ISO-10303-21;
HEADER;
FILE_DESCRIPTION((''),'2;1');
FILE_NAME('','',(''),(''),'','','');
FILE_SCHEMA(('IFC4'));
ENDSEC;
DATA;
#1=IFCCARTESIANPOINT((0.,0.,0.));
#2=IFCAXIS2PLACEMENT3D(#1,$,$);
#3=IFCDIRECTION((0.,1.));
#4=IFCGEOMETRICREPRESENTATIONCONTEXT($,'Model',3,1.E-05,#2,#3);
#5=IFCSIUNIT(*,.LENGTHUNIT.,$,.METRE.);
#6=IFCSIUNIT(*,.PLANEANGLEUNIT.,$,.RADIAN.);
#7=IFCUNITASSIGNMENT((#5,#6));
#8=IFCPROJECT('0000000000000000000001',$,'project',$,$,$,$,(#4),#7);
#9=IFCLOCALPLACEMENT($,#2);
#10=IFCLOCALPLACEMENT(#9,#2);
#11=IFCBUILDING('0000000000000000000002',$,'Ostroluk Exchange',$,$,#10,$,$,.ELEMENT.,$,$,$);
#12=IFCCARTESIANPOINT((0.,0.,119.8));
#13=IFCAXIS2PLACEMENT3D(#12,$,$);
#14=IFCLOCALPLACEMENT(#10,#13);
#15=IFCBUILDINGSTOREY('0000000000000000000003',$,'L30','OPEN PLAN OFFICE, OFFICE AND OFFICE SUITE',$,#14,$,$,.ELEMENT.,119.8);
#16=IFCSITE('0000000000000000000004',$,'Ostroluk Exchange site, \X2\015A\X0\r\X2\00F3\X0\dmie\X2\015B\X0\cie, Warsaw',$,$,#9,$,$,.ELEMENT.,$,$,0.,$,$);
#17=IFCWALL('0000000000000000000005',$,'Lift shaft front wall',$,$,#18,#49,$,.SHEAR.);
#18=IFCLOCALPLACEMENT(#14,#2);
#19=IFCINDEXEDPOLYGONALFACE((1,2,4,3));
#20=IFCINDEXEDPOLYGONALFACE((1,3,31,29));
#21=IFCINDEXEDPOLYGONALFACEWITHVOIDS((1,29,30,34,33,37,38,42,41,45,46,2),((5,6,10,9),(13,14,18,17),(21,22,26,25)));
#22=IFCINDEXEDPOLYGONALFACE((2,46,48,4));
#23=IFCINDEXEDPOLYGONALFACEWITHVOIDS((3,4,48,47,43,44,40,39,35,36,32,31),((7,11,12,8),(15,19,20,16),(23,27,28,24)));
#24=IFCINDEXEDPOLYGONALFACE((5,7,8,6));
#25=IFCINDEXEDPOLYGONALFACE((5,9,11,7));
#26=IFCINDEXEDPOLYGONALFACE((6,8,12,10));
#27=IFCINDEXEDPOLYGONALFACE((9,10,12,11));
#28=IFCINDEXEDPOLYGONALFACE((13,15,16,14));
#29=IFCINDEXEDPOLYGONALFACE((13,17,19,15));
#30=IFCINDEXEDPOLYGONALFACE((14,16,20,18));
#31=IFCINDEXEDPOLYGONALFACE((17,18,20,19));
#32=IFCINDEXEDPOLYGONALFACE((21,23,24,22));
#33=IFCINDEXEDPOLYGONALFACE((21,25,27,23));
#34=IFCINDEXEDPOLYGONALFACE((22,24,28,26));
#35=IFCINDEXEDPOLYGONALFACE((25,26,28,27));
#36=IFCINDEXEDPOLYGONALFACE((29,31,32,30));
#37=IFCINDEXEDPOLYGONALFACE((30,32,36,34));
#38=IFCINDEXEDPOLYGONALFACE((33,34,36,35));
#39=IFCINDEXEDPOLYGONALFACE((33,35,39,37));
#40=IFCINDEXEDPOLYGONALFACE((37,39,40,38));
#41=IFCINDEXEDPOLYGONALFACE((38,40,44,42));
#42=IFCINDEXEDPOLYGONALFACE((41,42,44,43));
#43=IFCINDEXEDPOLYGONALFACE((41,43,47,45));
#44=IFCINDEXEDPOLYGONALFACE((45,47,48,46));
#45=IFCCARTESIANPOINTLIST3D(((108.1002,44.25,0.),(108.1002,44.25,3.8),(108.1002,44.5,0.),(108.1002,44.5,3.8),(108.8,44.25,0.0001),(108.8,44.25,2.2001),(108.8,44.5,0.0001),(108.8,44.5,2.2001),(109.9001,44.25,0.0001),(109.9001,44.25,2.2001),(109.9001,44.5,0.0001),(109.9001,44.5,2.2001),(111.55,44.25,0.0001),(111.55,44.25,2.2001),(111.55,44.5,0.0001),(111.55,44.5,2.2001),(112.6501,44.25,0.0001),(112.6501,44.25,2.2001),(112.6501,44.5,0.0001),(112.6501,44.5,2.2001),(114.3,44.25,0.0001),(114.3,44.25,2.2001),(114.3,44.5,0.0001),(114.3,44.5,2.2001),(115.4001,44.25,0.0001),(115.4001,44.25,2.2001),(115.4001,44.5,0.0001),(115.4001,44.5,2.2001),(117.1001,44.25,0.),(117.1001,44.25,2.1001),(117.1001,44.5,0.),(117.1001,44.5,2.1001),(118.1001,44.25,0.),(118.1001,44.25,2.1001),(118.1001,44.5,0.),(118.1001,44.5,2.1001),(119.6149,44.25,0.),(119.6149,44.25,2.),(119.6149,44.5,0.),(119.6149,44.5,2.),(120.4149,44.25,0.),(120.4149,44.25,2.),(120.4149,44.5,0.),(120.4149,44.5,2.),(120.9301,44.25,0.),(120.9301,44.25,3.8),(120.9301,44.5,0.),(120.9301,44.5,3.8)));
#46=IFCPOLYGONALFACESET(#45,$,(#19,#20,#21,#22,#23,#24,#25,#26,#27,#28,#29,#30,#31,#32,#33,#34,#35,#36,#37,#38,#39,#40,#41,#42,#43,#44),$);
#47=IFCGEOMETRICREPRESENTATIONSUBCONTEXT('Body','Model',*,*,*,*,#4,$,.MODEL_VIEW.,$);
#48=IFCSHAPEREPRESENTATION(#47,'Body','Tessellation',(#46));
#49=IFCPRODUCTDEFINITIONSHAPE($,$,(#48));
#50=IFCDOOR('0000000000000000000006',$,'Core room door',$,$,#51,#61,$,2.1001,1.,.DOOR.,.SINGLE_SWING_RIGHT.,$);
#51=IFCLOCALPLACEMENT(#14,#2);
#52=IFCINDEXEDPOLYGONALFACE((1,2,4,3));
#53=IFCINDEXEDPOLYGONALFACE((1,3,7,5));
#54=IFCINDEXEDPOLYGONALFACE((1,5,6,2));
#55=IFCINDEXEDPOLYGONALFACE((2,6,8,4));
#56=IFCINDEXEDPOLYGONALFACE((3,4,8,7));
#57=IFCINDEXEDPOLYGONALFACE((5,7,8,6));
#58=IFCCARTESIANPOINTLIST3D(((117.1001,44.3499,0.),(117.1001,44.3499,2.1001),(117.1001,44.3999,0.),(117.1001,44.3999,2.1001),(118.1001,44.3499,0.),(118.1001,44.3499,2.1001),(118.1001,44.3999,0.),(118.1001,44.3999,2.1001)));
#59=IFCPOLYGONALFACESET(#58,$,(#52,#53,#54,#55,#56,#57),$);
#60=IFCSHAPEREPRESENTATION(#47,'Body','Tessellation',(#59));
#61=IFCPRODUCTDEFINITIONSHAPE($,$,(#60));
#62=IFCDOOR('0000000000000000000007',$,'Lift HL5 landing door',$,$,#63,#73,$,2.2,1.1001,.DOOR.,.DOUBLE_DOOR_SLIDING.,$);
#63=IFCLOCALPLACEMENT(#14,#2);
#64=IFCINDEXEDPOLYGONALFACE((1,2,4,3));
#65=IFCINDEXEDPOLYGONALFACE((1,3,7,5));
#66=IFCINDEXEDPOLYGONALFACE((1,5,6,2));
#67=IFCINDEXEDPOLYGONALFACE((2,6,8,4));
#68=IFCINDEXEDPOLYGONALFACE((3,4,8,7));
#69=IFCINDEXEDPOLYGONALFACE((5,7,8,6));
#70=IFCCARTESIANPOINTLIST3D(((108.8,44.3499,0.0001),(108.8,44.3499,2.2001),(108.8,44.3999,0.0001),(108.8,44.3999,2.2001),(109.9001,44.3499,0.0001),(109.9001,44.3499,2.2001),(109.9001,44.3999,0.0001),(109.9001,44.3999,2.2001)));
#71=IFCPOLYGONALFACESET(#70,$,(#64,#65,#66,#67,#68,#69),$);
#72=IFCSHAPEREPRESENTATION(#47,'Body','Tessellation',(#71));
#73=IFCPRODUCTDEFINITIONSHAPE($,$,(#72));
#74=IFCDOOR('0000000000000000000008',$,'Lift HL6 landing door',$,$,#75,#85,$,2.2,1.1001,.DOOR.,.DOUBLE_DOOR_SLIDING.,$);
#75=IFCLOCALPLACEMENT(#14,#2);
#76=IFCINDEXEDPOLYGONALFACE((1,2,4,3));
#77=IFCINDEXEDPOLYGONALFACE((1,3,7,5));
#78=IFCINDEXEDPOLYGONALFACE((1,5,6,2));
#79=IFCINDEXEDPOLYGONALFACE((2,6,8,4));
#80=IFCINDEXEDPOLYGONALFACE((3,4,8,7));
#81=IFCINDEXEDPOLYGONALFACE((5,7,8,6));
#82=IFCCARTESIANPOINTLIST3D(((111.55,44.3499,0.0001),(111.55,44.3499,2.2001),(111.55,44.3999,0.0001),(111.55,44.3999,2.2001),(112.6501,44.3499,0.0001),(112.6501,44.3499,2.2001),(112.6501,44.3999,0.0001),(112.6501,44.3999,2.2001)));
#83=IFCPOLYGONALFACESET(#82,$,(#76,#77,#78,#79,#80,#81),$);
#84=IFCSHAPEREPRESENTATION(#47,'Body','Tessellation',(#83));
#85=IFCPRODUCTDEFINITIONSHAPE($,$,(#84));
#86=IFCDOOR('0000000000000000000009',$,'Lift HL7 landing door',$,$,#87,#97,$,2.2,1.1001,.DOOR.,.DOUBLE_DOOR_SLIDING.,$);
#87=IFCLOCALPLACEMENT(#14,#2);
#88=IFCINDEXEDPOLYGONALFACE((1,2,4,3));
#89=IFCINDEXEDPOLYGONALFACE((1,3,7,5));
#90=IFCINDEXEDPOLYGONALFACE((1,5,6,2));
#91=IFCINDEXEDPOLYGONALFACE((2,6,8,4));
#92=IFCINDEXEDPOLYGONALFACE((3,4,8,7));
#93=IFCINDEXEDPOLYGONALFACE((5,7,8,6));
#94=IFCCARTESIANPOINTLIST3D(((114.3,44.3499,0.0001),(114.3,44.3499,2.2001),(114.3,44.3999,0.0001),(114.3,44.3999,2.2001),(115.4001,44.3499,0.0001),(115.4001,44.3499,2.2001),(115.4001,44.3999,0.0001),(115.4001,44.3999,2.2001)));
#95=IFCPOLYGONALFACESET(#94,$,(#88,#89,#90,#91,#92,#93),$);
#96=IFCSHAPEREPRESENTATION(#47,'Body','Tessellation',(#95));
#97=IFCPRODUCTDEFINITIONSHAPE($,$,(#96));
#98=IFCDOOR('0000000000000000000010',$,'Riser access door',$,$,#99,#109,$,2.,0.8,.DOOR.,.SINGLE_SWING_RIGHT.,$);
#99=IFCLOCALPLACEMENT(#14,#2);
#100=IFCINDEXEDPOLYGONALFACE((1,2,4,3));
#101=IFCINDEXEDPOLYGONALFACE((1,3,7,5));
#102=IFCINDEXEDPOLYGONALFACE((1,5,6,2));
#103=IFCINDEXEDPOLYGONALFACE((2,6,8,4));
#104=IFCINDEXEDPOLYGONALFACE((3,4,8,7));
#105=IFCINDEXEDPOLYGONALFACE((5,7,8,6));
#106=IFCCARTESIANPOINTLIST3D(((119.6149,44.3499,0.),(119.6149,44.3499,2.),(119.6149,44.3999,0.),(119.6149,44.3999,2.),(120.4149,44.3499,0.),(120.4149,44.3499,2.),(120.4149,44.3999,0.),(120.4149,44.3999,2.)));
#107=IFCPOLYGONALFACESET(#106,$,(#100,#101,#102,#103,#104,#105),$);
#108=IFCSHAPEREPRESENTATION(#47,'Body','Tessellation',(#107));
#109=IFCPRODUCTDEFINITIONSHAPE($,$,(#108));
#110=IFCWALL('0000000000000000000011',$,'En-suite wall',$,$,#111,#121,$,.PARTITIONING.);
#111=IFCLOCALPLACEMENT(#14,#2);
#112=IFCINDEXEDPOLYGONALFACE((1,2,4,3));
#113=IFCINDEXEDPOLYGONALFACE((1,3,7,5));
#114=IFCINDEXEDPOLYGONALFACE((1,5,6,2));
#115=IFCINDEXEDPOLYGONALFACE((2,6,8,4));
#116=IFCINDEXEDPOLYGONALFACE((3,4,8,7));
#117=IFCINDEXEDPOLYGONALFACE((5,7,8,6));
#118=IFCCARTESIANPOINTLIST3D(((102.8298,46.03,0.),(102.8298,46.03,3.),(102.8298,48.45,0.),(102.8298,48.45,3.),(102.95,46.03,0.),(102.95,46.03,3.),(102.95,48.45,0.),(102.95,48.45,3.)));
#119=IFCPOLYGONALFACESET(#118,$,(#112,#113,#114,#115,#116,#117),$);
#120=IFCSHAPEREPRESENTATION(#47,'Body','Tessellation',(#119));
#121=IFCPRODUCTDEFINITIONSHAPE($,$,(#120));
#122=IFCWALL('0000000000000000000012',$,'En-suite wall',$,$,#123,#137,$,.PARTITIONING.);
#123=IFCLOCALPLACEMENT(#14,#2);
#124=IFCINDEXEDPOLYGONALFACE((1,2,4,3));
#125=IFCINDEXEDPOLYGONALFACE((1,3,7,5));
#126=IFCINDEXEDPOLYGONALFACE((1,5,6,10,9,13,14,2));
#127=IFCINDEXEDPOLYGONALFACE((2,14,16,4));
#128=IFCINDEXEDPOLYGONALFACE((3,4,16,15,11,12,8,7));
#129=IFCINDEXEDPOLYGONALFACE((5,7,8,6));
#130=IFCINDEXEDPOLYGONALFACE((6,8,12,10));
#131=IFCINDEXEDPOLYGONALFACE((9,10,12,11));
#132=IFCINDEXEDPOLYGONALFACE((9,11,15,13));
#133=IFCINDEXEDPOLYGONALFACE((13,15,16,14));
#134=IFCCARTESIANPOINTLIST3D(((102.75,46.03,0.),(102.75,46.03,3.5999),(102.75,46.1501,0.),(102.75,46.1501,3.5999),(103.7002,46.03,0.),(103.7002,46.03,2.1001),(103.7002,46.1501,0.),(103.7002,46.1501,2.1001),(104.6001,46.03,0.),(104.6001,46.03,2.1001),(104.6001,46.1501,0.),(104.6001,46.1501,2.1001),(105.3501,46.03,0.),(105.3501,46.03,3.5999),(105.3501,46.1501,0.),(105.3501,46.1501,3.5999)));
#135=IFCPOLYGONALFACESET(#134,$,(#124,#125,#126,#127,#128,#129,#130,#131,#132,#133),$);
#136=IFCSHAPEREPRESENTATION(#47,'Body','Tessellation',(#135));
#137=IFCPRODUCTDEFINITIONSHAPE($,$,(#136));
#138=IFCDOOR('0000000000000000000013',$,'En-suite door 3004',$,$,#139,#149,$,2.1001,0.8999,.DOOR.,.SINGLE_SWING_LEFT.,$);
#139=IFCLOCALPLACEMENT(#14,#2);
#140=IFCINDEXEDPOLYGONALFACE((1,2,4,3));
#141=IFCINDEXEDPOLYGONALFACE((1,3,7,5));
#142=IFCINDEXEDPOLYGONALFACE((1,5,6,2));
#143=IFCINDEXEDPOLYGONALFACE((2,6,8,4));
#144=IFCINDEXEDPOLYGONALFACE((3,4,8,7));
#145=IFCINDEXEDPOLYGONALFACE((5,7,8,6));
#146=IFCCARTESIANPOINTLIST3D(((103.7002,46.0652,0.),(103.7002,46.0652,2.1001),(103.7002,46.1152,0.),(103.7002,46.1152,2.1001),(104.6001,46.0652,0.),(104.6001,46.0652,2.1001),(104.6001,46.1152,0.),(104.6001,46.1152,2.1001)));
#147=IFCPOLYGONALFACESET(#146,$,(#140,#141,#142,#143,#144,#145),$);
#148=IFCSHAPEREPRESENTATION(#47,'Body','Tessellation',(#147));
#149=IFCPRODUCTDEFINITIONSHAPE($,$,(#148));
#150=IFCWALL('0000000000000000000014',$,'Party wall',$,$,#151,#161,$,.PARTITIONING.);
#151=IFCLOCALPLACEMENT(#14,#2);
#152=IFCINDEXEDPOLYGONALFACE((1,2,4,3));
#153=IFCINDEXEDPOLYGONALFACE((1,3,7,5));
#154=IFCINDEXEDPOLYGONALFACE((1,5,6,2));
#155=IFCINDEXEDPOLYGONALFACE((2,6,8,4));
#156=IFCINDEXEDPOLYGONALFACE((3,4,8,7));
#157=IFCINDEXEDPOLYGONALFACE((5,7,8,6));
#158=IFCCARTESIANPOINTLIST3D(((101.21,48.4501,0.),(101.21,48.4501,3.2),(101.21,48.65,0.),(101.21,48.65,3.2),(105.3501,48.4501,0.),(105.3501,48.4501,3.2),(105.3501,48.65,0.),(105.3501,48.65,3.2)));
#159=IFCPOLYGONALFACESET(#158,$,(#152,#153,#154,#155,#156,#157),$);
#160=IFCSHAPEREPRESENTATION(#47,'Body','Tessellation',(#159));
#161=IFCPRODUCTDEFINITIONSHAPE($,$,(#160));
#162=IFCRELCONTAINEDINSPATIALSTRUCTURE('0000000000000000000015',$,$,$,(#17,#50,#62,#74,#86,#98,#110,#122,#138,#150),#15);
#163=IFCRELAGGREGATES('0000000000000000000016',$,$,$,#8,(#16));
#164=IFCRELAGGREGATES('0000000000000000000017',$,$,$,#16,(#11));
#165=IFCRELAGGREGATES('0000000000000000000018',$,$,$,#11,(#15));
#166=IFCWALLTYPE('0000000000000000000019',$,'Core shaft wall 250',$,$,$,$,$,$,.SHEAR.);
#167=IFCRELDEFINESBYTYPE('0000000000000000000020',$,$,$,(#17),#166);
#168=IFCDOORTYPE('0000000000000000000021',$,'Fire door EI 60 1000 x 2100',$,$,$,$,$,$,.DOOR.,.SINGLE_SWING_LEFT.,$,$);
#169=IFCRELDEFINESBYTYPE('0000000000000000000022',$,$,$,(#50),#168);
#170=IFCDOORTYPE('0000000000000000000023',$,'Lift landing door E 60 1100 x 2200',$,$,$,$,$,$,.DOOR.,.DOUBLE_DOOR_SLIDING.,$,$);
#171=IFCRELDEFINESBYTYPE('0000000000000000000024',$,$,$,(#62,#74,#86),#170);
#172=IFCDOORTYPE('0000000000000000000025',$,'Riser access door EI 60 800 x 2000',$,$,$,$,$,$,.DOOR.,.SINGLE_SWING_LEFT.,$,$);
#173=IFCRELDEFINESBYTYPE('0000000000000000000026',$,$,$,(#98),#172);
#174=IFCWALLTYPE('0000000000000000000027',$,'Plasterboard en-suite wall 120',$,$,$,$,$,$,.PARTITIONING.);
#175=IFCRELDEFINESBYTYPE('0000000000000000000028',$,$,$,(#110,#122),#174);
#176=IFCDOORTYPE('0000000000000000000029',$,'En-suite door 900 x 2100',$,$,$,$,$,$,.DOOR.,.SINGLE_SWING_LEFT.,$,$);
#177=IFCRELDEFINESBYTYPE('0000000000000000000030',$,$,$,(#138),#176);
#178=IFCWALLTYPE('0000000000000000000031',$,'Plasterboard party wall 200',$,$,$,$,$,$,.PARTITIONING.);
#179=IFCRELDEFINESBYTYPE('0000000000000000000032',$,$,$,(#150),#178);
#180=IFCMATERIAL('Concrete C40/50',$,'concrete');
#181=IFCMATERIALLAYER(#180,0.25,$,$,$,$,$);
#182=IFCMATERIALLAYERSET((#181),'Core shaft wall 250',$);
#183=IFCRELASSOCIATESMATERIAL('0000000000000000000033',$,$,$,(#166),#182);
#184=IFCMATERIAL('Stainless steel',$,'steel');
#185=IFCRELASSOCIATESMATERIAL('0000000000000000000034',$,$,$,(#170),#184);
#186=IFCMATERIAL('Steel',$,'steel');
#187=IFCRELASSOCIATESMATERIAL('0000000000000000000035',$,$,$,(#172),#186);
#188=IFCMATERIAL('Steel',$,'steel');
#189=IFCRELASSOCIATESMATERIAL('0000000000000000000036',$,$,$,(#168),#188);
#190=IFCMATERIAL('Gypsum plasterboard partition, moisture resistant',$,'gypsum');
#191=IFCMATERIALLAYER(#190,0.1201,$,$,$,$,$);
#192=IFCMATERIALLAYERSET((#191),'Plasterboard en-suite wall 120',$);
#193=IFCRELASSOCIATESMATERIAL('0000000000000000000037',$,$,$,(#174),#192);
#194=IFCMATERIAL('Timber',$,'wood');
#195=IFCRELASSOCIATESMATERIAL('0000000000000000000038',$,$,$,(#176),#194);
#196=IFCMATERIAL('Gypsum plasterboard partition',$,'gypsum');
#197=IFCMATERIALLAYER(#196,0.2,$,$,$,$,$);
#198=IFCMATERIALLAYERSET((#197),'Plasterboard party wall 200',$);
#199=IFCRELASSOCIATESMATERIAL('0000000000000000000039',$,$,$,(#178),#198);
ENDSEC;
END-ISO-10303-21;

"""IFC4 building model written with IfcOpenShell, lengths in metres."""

from ifc_helpers import new_model, si_unit, direction, frame, frame_2d, origin, place, context, subcontext, project, spatial, rectangle, extrude, material, layer, layer_set, type_object, element, fill, save


model = new_model("IFC4")

# Units and contexts
model_context = context("Model", 3, precision=1e-05, world=origin(), true_north=direction((0.0, 1.0)))
body_context = subcontext(model_context, "Body", "Model", "MODEL_VIEW")
ifc_project = project(units=[si_unit("LENGTHUNIT", "METRE"), si_unit("PLANEANGLEUNIT", "RADIAN")], contexts=[model_context])

# Site, building, storey
site_placement = place(None, origin())
site = spatial("IfcSite", under=ifc_project, at=site_placement, Name="Ostroluk Exchange site, Śródmieście, Warsaw", CompositionType="ELEMENT", RefElevation=0.0)
building_placement = place(site_placement, origin())
building = spatial("IfcBuilding", under=site, at=building_placement, Name="Ostroluk Exchange", CompositionType="ELEMENT")
storey_placement = place(building_placement, frame((0.0, 0.0, 119.8)))
storey = spatial("IfcBuildingStorey", under=building, at=storey_placement, Name="L30", Description="OPEN PLAN OFFICE, OFFICE AND OFFICE SUITE", CompositionType="ELEMENT", Elevation=119.8)

# Shared definitions
ifc_material_1 = material(Name="Concrete C40/50", Category="concrete")
ifc_layer_1 = layer(ifc_material_1, 0.25)
ifc_layer_set_1 = layer_set([ifc_layer_1], Name="Core shaft wall 250")
wall_type_1 = type_object("IfcWallType", Name="Core shaft wall 250", PredefinedType="SHEAR", material=ifc_layer_set_1)

# Shared definitions
ifc_material_2 = material(Name="Stainless steel", Category="steel")
door_type_1 = type_object("IfcDoorType", Name="Lift landing door E 60 1100 x 2200", OperationType="DOUBLE_DOOR_SLIDING", PredefinedType="DOOR", material=ifc_material_2)
ifc_material_3 = material(Name="Steel", Category="steel")
door_type_2 = type_object("IfcDoorType", Name="Riser access door EI 60 800 x 2000", OperationType="SINGLE_SWING_LEFT", PredefinedType="DOOR", material=ifc_material_3)

# Wall, openings, doors
wall_1_placement = place(storey_placement, frame((108.1001, 44.375, 0.0), z_axis=(0.0, 0.0, 1.0), x_axis=(1.0, 0.0, 0.0)))
wall_1 = element("IfcWall", 1, at=wall_1_placement, inside=storey, type_object=wall_type_1, Name="Lift shaft front wall", PredefinedType="SHEAR", context=body_context, shape_type="SweptSolid", body=[
    extrude(rectangle(XDim=12.8298, YDim=0.25, at=frame_2d((6.415, 0.0))), origin(), (0.0, 0.0, 1.0), 3.8),
])
opening_1_placement = place(wall_1_placement, frame((0.7, 0.0, 0.0)))
opening_1 = element("IfcOpeningElement", 2, at=opening_1_placement, cuts=wall_1, PredefinedType="OPENING", context=body_context, shape_type="SweptSolid", body=[
    extrude(rectangle(XDim=1.1001, YDim=2.2, at=frame_2d((0.55, 1.1001))), frame((0.0, 0.135, 0.0), z_axis=(0.0, -1.0, 0.0), x_axis=(1.0, 0.0, 0.0)), (0.0, 0.0, 1.0), 0.27),
])
opening_2_placement = place(wall_1_placement, frame((3.45, 0.0, 0.0)))
opening_2 = element("IfcOpeningElement", 3, at=opening_2_placement, cuts=wall_1, PredefinedType="OPENING", context=body_context, shape_type="SweptSolid", body=[
    extrude(rectangle(XDim=1.1001, YDim=2.2, at=frame_2d((0.55, 1.1001))), frame((0.0, 0.135, 0.0), z_axis=(0.0, -1.0, 0.0), x_axis=(1.0, 0.0, 0.0)), (0.0, 0.0, 1.0), 0.27),
])
opening_3_placement = place(wall_1_placement, frame((6.2, 0.0, 0.0)))
opening_3 = element("IfcOpeningElement", 4, at=opening_3_placement, cuts=wall_1, PredefinedType="OPENING", context=body_context, shape_type="SweptSolid", body=[
    extrude(rectangle(XDim=1.1001, YDim=2.2, at=frame_2d((0.55, 1.1001))), frame((0.0, 0.135, 0.0), z_axis=(0.0, -1.0, 0.0), x_axis=(1.0, 0.0, 0.0)), (0.0, 0.0, 1.0), 0.27),
])
opening_4_placement = place(wall_1_placement, frame((9.0, 0.0, 0.0)))
opening_4 = element("IfcOpeningElement", 5, at=opening_4_placement, cuts=wall_1, PredefinedType="OPENING", context=body_context, shape_type="SweptSolid", body=[
    extrude(rectangle(XDim=1.0, YDim=2.1001, at=frame_2d((0.5, 1.05))), frame((0.0, 0.135, 0.0), z_axis=(0.0, -1.0, 0.0), x_axis=(1.0, 0.0, 0.0)), (0.0, 0.0, 1.0), 0.27),
])
opening_5_placement = place(wall_1_placement, frame((11.5149, 0.0, 0.0)))
opening_5 = element("IfcOpeningElement", 6, at=opening_5_placement, cuts=wall_1, PredefinedType="OPENING", context=body_context, shape_type="SweptSolid", body=[
    extrude(rectangle(XDim=0.8, YDim=2.0, at=frame_2d((0.3999, 1.0))), frame((0.0, 0.135, 0.0), z_axis=(0.0, -1.0, 0.0), x_axis=(1.0, 0.0, 0.0)), (0.0, 0.0, 1.0), 0.27),
])
ifc_material_4 = material(Name="Steel", Category="steel")
door_type_3 = type_object("IfcDoorType", Name="Fire door EI 60 1000 x 2100", OperationType="SINGLE_SWING_LEFT", PredefinedType="DOOR", material=ifc_material_4)
door_1_placement = place(opening_4_placement, origin())
door_1 = element("IfcDoor", 7, at=door_1_placement, inside=storey, type_object=door_type_3, Name="Core room door", OperationType="SINGLE_SWING_RIGHT", OverallHeight=2.1001, OverallWidth=1.0, PredefinedType="DOOR", context=body_context, shape_type="SweptSolid", body=[
    extrude(rectangle(XDim=1.0, YDim=2.1001, at=frame_2d((0.5, 1.05))), frame((0.0, 0.0249, 0.0), z_axis=(0.0, -1.0, 0.0), x_axis=(1.0, 0.0, 0.0)), (0.0, 0.0, 1.0), 0.05),
])
fill(opening_4, door_1)
door_2_placement = place(opening_1_placement, origin())
door_2 = element("IfcDoor", 8, at=door_2_placement, inside=storey, type_object=door_type_1, Name="Lift HL5 landing door", OperationType="DOUBLE_DOOR_SLIDING", OverallHeight=2.2, OverallWidth=1.1001, PredefinedType="DOOR", context=body_context, shape_type="SweptSolid", body=[
    extrude(rectangle(XDim=1.1001, YDim=2.2, at=frame_2d((0.55, 1.1001))), frame((0.0, 0.0249, 0.0), z_axis=(0.0, -1.0, 0.0), x_axis=(1.0, 0.0, 0.0)), (0.0, 0.0, 1.0), 0.05),
])
fill(opening_1, door_2)
door_3_placement = place(opening_2_placement, origin())
door_3 = element("IfcDoor", 9, at=door_3_placement, inside=storey, type_object=door_type_1, Name="Lift HL6 landing door", OperationType="DOUBLE_DOOR_SLIDING", OverallHeight=2.2, OverallWidth=1.1001, PredefinedType="DOOR", context=body_context, shape_type="SweptSolid", body=[
    extrude(rectangle(XDim=1.1001, YDim=2.2, at=frame_2d((0.55, 1.1001))), frame((0.0, 0.0249, 0.0), z_axis=(0.0, -1.0, 0.0), x_axis=(1.0, 0.0, 0.0)), (0.0, 0.0, 1.0), 0.05),
])
fill(opening_2, door_3)
door_4_placement = place(opening_3_placement, origin())
door_4 = element("IfcDoor", 10, at=door_4_placement, inside=storey, type_object=door_type_1, Name="Lift HL7 landing door", OperationType="DOUBLE_DOOR_SLIDING", OverallHeight=2.2, OverallWidth=1.1001, PredefinedType="DOOR", context=body_context, shape_type="SweptSolid", body=[
    extrude(rectangle(XDim=1.1001, YDim=2.2, at=frame_2d((0.55, 1.1001))), frame((0.0, 0.0249, 0.0), z_axis=(0.0, -1.0, 0.0), x_axis=(1.0, 0.0, 0.0)), (0.0, 0.0, 1.0), 0.05),
])
fill(opening_3, door_4)
door_5_placement = place(opening_5_placement, origin())
door_5 = element("IfcDoor", 11, at=door_5_placement, inside=storey, type_object=door_type_2, Name="Riser access door", OperationType="SINGLE_SWING_RIGHT", OverallHeight=2.0, OverallWidth=0.8, PredefinedType="DOOR", context=body_context, shape_type="SweptSolid", body=[
    extrude(rectangle(XDim=0.8, YDim=2.0, at=frame_2d((0.3999, 1.0))), frame((0.0, 0.0249, 0.0), z_axis=(0.0, -1.0, 0.0), x_axis=(1.0, 0.0, 0.0)), (0.0, 0.0, 1.0), 0.05),
])
fill(opening_5, door_5)

# Wall
ifc_material_5 = material(Name="Gypsum plasterboard partition, moisture resistant", Category="gypsum")
ifc_layer_2 = layer(ifc_material_5, 0.1201)
ifc_layer_set_2 = layer_set([ifc_layer_2], Name="Plasterboard en-suite wall 120")
wall_type_2 = type_object("IfcWallType", Name="Plasterboard en-suite wall 120", PredefinedType="PARTITIONING", material=ifc_layer_set_2)
wall_2_placement = place(storey_placement, frame((102.8899, 48.45, 0.0), z_axis=(0.0, 0.0, 1.0), x_axis=(0.0, -1.0, 0.0)))
element("IfcWall", 12, at=wall_2_placement, inside=storey, type_object=wall_type_2, Name="En-suite wall", PredefinedType="PARTITIONING", context=body_context, shape_type="SweptSolid", body=[
    extrude(rectangle(XDim=2.4199, YDim=0.1201, at=frame_2d((1.21, 0.0))), origin(), (0.0, 0.0, 1.0), 3.0),
])

# Wall, opening, door
wall_3_placement = place(storey_placement, frame((105.3501, 46.0901, 0.0), z_axis=(0.0, 0.0, 1.0), x_axis=(-1.0, 0.0, 0.0)))
wall_3 = element("IfcWall", 13, at=wall_3_placement, inside=storey, type_object=wall_type_2, Name="En-suite wall", PredefinedType="PARTITIONING", context=body_context, shape_type="SweptSolid", body=[
    extrude(rectangle(XDim=2.6001, YDim=0.1201, at=frame_2d((1.3, 0.0))), origin(), (0.0, 0.0, 1.0), 3.5999),
])
opening_6_placement = place(wall_3_placement, frame((0.75, 0.0, 0.0)))
opening_6 = element("IfcOpeningElement", 14, at=opening_6_placement, cuts=wall_3, PredefinedType="OPENING", context=body_context, shape_type="SweptSolid", body=[
    extrude(rectangle(XDim=0.8999, YDim=2.1001, at=frame_2d((0.45, 1.05))), frame((0.0, 0.0701, 0.0), z_axis=(0.0, -1.0, 0.0), x_axis=(1.0, 0.0, 0.0)), (0.0, 0.0, 1.0), 0.1401),
])
ifc_material_6 = material(Name="Timber", Category="wood")
door_type_4 = type_object("IfcDoorType", Name="En-suite door 900 x 2100", OperationType="SINGLE_SWING_LEFT", PredefinedType="DOOR", material=ifc_material_6)
door_6_placement = place(opening_6_placement, origin())
door_6 = element("IfcDoor", 15, at=door_6_placement, inside=storey, type_object=door_type_4, Name="En-suite door 3004", OperationType="SINGLE_SWING_LEFT", OverallHeight=2.1001, OverallWidth=0.8999, PredefinedType="DOOR", context=body_context, shape_type="SweptSolid", body=[
    extrude(rectangle(XDim=0.8999, YDim=2.1001, at=frame_2d((0.45, 1.05))), frame((0.0, 0.0249, 0.0), z_axis=(0.0, -1.0, 0.0), x_axis=(1.0, 0.0, 0.0)), (0.0, 0.0, 1.0), 0.05),
])
fill(opening_6, door_6)

# Wall
ifc_material_7 = material(Name="Gypsum plasterboard partition", Category="gypsum")
ifc_layer_3 = layer(ifc_material_7, 0.2)
ifc_layer_set_3 = layer_set([ifc_layer_3], Name="Plasterboard party wall 200")
wall_type_3 = type_object("IfcWallType", Name="Plasterboard party wall 200", PredefinedType="PARTITIONING", material=ifc_layer_set_3)
wall_4_placement = place(storey_placement, frame((105.3501, 48.55, 0.0), z_axis=(0.0, 0.0, 1.0), x_axis=(-1.0, 0.0, 0.0)))
element("IfcWall", 16, at=wall_4_placement, inside=storey, type_object=wall_type_3, Name="Party wall", PredefinedType="PARTITIONING", context=body_context, shape_type="SweptSolid", body=[
    extrude(rectangle(XDim=4.1401, YDim=0.2, at=frame_2d((2.0701, 0.0))), origin(), (0.0, 0.0, 1.0), 3.2),
])

save(model, "model.ifc")
